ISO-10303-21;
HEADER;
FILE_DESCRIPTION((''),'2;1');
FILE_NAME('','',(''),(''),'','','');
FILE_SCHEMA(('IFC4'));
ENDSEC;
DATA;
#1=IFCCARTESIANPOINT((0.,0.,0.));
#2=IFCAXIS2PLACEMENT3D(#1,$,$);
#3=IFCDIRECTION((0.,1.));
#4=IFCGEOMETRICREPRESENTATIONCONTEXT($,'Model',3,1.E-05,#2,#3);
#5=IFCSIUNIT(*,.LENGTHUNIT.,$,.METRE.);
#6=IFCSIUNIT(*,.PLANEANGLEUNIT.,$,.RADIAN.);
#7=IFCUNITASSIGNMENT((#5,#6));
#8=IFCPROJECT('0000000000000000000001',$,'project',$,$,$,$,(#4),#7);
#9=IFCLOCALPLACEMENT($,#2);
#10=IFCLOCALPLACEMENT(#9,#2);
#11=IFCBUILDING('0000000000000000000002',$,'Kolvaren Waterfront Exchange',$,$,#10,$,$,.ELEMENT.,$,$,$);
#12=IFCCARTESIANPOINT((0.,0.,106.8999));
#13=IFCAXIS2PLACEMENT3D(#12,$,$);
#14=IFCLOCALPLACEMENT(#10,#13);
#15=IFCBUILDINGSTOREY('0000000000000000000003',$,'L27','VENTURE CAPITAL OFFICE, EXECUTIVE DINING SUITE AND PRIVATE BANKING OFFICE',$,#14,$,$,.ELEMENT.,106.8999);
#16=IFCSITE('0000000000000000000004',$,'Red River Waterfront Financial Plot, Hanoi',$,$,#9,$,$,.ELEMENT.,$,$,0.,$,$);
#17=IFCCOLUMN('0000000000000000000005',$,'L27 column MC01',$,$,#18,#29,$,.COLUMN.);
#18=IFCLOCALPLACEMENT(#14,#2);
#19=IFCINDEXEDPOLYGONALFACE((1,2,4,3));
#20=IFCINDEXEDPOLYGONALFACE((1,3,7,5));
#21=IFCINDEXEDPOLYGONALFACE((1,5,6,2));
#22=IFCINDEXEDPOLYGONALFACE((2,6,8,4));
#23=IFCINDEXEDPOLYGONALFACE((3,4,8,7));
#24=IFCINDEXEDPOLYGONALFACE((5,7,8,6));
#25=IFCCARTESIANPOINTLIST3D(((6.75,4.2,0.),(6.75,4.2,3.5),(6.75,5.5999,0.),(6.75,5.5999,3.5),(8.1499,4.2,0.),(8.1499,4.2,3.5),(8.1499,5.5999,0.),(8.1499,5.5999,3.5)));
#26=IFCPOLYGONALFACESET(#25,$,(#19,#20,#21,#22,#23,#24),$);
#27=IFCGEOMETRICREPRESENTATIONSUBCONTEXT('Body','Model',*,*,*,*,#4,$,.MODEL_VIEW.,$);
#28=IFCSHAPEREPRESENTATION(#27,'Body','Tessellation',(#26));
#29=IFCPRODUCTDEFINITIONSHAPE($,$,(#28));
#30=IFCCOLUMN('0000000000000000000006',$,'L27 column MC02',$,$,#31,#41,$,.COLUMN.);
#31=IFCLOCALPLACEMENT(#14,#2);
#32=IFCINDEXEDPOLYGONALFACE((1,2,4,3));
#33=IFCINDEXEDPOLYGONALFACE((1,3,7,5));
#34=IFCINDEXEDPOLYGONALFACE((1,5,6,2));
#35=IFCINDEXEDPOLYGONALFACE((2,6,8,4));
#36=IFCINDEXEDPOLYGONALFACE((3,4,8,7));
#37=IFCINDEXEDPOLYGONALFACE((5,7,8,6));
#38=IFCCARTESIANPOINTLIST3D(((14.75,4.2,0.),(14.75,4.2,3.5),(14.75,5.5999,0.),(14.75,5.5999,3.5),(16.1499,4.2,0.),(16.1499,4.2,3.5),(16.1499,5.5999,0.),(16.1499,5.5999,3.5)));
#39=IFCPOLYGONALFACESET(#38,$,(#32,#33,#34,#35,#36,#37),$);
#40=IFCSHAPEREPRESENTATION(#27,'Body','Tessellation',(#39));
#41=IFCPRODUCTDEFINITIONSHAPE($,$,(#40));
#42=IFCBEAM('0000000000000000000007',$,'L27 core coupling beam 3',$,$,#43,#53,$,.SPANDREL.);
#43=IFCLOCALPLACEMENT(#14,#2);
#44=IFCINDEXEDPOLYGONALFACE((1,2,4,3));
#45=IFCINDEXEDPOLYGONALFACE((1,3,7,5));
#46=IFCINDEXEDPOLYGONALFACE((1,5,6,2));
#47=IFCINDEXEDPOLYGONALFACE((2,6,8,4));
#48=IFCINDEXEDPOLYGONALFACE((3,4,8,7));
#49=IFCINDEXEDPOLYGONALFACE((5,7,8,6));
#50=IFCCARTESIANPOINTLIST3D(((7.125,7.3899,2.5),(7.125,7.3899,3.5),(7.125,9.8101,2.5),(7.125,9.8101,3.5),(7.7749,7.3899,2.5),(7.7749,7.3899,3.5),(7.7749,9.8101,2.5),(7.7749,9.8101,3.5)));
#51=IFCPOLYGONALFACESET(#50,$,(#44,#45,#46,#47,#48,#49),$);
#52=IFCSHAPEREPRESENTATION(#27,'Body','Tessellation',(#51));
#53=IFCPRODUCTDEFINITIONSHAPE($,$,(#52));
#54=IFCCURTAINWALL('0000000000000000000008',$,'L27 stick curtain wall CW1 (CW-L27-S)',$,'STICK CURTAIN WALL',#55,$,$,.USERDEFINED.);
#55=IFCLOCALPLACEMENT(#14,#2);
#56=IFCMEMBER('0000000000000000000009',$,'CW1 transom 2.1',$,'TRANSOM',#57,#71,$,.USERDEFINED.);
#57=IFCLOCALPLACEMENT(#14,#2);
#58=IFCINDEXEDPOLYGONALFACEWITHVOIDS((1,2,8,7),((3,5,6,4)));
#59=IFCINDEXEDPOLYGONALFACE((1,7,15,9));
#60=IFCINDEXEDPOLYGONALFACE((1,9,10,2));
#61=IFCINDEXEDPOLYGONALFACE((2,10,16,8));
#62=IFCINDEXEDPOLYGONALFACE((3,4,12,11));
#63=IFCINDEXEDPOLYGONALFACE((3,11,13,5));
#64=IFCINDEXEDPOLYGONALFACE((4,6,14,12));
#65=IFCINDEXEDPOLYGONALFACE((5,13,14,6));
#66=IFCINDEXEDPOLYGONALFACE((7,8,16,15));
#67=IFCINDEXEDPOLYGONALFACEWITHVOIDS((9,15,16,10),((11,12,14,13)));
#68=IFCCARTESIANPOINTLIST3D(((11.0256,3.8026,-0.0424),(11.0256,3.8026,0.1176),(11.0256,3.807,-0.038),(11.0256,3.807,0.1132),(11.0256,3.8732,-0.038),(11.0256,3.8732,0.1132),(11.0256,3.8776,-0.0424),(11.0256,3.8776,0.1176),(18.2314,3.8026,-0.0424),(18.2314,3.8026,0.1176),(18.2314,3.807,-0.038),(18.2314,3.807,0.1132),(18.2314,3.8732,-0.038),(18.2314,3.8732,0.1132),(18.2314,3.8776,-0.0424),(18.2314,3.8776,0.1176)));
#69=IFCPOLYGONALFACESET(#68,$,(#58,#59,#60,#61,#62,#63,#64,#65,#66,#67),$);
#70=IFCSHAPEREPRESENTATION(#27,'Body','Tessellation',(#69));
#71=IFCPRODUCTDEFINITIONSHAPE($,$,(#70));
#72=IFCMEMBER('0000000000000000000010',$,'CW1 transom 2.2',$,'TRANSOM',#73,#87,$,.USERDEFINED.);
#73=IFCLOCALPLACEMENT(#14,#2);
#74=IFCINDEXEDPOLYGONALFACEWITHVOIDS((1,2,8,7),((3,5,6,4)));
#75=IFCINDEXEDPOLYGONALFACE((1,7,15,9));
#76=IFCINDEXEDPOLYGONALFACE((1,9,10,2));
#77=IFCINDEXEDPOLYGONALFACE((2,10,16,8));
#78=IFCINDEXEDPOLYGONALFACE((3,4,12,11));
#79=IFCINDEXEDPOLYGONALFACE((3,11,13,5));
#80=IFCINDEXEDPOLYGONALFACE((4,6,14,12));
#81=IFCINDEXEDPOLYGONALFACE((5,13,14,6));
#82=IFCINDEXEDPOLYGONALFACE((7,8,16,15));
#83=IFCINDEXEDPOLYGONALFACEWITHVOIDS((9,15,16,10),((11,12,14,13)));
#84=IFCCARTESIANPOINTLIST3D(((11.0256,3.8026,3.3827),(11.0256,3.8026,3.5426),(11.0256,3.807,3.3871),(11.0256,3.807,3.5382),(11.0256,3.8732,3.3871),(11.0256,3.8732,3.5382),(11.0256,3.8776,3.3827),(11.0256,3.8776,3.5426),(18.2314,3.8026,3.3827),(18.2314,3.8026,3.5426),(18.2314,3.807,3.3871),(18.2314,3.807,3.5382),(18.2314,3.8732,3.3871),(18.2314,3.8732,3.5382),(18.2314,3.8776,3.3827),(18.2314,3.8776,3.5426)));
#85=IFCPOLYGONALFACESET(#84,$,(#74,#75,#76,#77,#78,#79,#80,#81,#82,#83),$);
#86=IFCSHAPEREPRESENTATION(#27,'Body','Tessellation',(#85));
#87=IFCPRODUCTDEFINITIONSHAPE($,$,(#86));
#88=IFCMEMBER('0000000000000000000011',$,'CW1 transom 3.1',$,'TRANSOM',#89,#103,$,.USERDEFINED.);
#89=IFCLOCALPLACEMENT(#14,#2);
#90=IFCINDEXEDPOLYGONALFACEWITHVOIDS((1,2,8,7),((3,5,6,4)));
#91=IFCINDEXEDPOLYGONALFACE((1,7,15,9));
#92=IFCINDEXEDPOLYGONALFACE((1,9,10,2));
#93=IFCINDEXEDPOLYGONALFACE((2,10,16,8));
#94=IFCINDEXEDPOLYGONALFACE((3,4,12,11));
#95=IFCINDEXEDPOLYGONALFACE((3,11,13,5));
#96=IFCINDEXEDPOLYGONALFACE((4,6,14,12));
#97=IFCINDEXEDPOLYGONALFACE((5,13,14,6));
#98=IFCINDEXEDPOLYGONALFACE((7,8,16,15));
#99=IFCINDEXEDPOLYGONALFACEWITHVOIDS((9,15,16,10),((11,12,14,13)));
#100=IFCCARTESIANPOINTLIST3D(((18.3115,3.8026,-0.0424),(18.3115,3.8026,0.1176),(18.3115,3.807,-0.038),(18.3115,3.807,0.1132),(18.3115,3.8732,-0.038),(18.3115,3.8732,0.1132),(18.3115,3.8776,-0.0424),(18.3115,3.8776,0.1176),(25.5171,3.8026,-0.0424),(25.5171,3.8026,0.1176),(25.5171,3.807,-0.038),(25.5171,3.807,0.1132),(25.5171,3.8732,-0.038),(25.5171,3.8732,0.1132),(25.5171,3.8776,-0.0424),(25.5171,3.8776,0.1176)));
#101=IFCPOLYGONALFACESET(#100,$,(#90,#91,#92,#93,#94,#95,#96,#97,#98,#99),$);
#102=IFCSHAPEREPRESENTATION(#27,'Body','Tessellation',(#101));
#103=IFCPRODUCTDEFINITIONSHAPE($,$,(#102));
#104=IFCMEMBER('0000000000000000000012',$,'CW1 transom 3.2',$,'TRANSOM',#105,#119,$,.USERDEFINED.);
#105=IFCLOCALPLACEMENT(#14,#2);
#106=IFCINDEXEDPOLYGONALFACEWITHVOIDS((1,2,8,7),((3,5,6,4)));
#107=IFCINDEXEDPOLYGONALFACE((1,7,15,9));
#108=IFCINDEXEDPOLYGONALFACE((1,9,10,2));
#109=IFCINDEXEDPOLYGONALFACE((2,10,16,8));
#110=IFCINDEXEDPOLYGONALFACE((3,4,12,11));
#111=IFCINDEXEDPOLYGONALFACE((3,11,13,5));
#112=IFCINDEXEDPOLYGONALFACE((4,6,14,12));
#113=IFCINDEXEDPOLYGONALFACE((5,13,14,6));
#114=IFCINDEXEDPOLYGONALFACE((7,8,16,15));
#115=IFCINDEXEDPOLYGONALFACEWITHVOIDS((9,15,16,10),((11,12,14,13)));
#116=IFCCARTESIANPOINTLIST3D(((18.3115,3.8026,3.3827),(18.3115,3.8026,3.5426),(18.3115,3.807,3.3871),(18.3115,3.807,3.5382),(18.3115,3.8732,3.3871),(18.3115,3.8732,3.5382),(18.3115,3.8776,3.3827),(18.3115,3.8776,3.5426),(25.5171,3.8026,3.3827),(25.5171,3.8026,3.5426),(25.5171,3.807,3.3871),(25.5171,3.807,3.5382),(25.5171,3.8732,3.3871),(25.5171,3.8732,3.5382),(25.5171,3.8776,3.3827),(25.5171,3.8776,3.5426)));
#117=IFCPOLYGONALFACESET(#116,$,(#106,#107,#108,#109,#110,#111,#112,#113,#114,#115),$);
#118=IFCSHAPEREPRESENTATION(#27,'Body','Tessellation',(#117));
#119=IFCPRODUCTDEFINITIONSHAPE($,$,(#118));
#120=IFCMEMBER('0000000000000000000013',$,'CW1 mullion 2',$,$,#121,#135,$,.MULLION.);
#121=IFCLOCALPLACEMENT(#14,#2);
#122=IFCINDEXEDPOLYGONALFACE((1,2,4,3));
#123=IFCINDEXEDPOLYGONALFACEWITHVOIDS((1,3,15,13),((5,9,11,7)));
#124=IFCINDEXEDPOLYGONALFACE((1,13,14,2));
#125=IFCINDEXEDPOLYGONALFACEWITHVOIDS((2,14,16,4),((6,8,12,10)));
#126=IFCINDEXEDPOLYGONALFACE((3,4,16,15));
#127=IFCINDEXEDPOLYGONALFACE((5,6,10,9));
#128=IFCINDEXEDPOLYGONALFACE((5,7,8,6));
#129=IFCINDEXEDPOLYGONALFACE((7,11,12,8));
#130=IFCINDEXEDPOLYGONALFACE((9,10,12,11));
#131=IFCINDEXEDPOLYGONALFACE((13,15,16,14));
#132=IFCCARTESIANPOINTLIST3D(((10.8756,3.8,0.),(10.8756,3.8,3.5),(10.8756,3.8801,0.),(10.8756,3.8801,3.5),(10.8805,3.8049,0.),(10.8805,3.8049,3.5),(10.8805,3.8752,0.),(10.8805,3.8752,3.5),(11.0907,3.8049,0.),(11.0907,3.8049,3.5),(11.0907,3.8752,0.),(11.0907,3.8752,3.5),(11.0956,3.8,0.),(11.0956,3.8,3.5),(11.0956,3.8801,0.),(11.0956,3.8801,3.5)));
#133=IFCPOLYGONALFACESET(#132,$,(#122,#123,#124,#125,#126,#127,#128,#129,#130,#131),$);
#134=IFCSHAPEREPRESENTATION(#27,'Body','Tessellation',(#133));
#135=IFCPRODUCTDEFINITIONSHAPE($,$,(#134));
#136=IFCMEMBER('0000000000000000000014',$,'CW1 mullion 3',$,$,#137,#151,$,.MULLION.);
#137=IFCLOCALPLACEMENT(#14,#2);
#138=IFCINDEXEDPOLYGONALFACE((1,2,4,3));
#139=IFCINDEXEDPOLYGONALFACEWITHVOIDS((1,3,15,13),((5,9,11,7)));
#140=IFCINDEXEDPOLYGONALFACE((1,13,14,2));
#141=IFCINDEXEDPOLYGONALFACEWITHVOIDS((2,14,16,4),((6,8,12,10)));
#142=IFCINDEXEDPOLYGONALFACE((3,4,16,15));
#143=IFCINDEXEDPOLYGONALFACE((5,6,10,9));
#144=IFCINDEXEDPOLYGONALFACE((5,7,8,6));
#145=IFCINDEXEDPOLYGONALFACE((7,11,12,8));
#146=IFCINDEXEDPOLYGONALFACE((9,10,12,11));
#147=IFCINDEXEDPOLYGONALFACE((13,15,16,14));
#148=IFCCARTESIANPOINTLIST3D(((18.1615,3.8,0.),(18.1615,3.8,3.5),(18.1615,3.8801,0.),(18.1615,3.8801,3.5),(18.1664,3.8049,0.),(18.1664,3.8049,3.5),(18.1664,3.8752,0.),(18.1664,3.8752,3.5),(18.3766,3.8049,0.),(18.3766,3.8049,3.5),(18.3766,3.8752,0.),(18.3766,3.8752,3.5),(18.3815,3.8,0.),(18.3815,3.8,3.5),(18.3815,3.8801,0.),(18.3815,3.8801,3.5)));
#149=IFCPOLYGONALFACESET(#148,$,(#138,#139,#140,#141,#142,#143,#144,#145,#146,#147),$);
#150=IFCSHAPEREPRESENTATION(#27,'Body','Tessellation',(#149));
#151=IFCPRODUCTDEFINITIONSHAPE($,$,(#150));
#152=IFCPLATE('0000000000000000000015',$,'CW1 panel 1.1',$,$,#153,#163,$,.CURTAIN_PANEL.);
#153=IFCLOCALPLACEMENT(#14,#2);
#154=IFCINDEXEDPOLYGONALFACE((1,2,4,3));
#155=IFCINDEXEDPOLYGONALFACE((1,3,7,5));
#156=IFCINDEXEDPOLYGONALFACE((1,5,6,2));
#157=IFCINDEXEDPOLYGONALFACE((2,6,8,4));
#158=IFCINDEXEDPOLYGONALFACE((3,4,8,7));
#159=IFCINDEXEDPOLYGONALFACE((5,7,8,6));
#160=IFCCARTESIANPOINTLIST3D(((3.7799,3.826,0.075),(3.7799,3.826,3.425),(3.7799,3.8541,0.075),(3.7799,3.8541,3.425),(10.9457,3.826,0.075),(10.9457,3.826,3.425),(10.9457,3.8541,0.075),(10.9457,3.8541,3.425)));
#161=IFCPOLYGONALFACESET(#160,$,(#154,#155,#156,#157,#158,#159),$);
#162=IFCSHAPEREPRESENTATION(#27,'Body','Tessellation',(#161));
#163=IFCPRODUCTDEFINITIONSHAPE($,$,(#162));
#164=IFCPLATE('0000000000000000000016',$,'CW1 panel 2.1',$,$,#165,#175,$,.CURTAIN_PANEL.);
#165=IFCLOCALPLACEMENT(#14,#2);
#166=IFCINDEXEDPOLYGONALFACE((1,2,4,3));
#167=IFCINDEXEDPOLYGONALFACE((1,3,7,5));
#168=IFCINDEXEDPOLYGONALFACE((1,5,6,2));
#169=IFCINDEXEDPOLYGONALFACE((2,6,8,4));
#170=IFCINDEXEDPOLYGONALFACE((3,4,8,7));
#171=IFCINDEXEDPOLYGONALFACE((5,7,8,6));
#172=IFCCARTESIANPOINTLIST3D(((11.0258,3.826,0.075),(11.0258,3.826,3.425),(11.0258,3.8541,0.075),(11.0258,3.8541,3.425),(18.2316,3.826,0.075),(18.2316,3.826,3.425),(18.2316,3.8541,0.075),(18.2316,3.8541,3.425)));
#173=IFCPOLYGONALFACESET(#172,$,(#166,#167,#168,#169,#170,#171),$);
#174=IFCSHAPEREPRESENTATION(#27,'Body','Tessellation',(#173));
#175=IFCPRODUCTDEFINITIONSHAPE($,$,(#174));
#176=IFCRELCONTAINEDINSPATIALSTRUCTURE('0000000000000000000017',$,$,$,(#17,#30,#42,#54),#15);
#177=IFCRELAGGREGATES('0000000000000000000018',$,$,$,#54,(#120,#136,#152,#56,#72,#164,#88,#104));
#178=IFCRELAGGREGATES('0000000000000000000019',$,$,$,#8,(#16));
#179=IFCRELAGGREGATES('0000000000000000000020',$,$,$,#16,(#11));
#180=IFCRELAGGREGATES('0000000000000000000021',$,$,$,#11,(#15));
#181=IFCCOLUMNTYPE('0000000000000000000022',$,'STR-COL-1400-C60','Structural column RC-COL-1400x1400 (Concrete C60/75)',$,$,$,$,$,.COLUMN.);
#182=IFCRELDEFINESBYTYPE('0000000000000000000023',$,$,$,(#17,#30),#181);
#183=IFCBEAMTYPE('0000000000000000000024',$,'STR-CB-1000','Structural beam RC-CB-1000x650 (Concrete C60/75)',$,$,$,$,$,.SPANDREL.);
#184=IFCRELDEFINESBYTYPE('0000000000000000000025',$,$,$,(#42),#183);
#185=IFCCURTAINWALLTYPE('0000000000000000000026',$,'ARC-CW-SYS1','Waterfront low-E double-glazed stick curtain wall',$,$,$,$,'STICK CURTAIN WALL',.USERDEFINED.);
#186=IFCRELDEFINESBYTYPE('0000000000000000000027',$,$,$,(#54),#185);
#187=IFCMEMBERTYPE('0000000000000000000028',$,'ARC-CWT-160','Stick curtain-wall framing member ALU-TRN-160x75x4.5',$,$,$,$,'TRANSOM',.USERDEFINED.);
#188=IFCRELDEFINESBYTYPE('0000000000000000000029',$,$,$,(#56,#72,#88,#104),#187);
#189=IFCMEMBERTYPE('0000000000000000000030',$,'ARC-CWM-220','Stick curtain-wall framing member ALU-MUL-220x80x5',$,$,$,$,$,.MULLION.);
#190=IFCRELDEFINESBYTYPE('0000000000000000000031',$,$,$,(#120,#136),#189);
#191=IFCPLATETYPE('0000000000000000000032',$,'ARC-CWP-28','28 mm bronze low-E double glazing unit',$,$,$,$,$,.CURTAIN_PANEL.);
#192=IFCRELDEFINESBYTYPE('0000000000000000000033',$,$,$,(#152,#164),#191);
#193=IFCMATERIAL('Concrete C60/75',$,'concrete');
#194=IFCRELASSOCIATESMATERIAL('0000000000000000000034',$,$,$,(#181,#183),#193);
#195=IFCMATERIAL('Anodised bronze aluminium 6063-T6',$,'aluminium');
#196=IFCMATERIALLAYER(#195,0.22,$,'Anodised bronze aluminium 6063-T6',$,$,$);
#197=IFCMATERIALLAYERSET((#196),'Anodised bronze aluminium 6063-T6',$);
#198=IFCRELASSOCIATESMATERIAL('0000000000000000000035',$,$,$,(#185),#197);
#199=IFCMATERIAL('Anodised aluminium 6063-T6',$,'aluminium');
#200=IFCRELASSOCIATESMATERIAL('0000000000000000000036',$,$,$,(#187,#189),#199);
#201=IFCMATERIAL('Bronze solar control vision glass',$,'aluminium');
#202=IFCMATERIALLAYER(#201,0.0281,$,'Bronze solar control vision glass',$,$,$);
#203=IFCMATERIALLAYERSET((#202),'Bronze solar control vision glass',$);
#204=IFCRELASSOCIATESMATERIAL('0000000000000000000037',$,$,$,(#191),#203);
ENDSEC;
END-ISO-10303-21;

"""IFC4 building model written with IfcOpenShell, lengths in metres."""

from ifc_helpers import new_model, si_unit, direction, frame, origin, origin_with_axes, origin_2d, place, context, subcontext, project, spatial, rectangle, hollow_rectangle, extrude, source, transform, mapped, material, layer, layer_set, material_profile, profile_set, type_object, element, aggregate, save


model = new_model("IFC4")

# Units and contexts
model_context = context("Model", 3, precision=1e-05, world=origin(), true_north=direction((0.0, 1.0)))
body_context = subcontext(model_context, "Body", "Model", "MODEL_VIEW")
ifc_project = project(units=[si_unit("LENGTHUNIT", "METRE"), si_unit("PLANEANGLEUNIT", "RADIAN")], contexts=[model_context])

# Site, building, storey
site_placement = place(None, origin())
site = spatial("IfcSite", under=ifc_project, at=site_placement, Name="Red River Waterfront Financial Plot, Hanoi", CompositionType="ELEMENT", RefElevation=0.0)
building_placement = place(site_placement, origin())
building = spatial("IfcBuilding", under=site, at=building_placement, Name="Kolvaren Waterfront Exchange", CompositionType="ELEMENT")
storey_placement = place(building_placement, frame((0.0, 0.0, 106.8999)))
storey = spatial("IfcBuildingStorey", under=building, at=storey_placement, Name="L27", Description="VENTURE CAPITAL OFFICE, EXECUTIVE DINING SUITE AND PRIVATE BANKING OFFICE", CompositionType="ELEMENT", Elevation=106.8999)

# Columns
ifc_material_1 = material(Name="Concrete C60/75", Category="concrete")
ifc_material_profile_1 = material_profile(ifc_material_1, rectangle(XDim=1.3999, YDim=1.3999, at=origin_2d()), Name="RC-COL-1400x1400")
ifc_profile_set_1 = profile_set([ifc_material_profile_1], Name="Concrete C60/75")
column_type = type_object("IfcColumnType", Name="STR-COL-1400-C60", Description="Structural column RC-COL-1400x1400 (Concrete C60/75)", PredefinedType="COLUMN", material=ifc_profile_set_1)
for number, where, z_axis, x_axis, name in (
    (1, (7.45, 4.8999, 0.0), (0.0, 0.0, 1.0), (1.0, 0.0, 0.0), "L27 column MC01"),
    (2, (15.45, 4.8999, 0.0), (0.0, 0.0, 1.0), (1.0, 0.0, 0.0), "L27 column MC02"),
):
    element("IfcColumn", number, at=place(storey_placement, frame(where, z_axis=z_axis, x_axis=x_axis)), inside=storey, type_object=column_type, Name=name, PredefinedType="COLUMN", context=body_context, shape_type="SweptSolid", body=[
        extrude(rectangle(XDim=1.3999, YDim=1.3999, at=origin_2d()), origin(), (0.0, 0.0, 1.0), 3.5),
    ])

# Beam
ifc_material_profile_2 = material_profile(ifc_material_1, rectangle(XDim=0.6499, YDim=1.0, at=origin_2d()), Name="RC-CB-1000x650")
ifc_profile_set_2 = profile_set([ifc_material_profile_2], Name="Concrete C60/75")
beam_type = type_object("IfcBeamType", Name="STR-CB-1000", Description="Structural beam RC-CB-1000x650 (Concrete C60/75)", PredefinedType="SPANDREL", material=ifc_profile_set_2)
beam_placement = place(storey_placement, frame((7.45, 7.3899, 3.0), z_axis=(0.0, 1.0, 0.0), x_axis=(-1.0, 0.0, 0.0)))
element("IfcBeam", 3, at=beam_placement, inside=storey, type_object=beam_type, Name="L27 core coupling beam 3", PredefinedType="SPANDREL", context=body_context, shape_type="SweptSolid", body=[
    extrude(rectangle(XDim=0.6499, YDim=1.0, at=origin_2d()), origin(), (0.0, 0.0, 1.0), 2.4202),
])

# Curtain wall, members, plates
ifc_material_2 = material(Name="Anodised bronze aluminium 6063-T6", Category="aluminium")
ifc_layer_1 = layer(ifc_material_2, 0.22, Name="Anodised bronze aluminium 6063-T6")
ifc_layer_set_1 = layer_set([ifc_layer_1], Name="Anodised bronze aluminium 6063-T6")
curtain_wall_type = type_object("IfcCurtainWallType", Name="ARC-CW-SYS1", Description="Waterfront low-E double-glazed stick curtain wall", ElementType="STICK CURTAIN WALL", PredefinedType="USERDEFINED", material=ifc_layer_set_1)
curtain_wall_placement = place(storey_placement, origin())
curtain_wall = element("IfcCurtainWall", 4, at=curtain_wall_placement, inside=storey, type_object=curtain_wall_type, Name="L27 stick curtain wall CW1 (CW-L27-S)", ObjectType="STICK CURTAIN WALL", PredefinedType="USERDEFINED")
ifc_material_3 = material(Name="Anodised aluminium 6063-T6", Category="aluminium")
ifc_material_profile_3 = material_profile(ifc_material_3, hollow_rectangle(XDim=0.075, YDim=0.1599, WallThickness=0.0044, at=origin_2d()), Name="ALU-TRN-160x75x4.5")
ifc_profile_set_3 = profile_set([ifc_material_profile_3], Name="Anodised aluminium 6063-T6")
member_type_1 = type_object("IfcMemberType", Name="ARC-CWT-160", Description="Stick curtain-wall framing member ALU-TRN-160x75x4.5", ElementType="TRANSOM", PredefinedType="USERDEFINED", material=ifc_profile_set_3)
shared_shape_1 = source(origin_with_axes(), body_context, "Body", "SweptSolid", [
    extrude(hollow_rectangle(XDim=0.075, YDim=0.1599, WallThickness=0.0044, at=origin_2d()), origin(), (0.0, 0.0, 1.0), 7.2058),
])
member_1_placement = place(storey_placement, frame((11.0256, 3.8401, 0.0376), z_axis=(1.0, 0.0, 0.0), x_axis=(0.0, 1.0, 0.0)))
member_1 = element("IfcMember", 5, at=member_1_placement, type_object=member_type_1, Name="CW1 transom 2.1", ObjectType="TRANSOM", PredefinedType="USERDEFINED", context=body_context, shape_type="MappedRepresentation", body=[
    mapped(shared_shape_1, transform((0.0, 0.0, 0.0), x_axis=(1.0, 0.0, 0.0), y_axis=(0.0, 1.0, 0.0), z_axis=(0.0, 0.0, 1.0), scale=1.0)),
])
member_2_placement = place(storey_placement, frame((11.0256, 3.8401, 3.4626), z_axis=(1.0, 0.0, 0.0), x_axis=(0.0, 1.0, 0.0)))
member_2 = element("IfcMember", 6, at=member_2_placement, type_object=member_type_1, Name="CW1 transom 2.2", ObjectType="TRANSOM", PredefinedType="USERDEFINED", context=body_context, shape_type="MappedRepresentation", body=[
    mapped(shared_shape_1, transform((0.0, 0.0, 0.0), x_axis=(1.0, 0.0, 0.0), y_axis=(0.0, 1.0, 0.0), z_axis=(0.0, 0.0, 1.0), scale=1.0)),
])
shared_shape_2 = source(origin_with_axes(), body_context, "Body", "SweptSolid", [
    extrude(hollow_rectangle(XDim=0.075, YDim=0.1599, WallThickness=0.0044, at=origin_2d()), origin(), (0.0, 0.0, 1.0), 7.2056),
])
member_3_placement = place(storey_placement, frame((18.3115, 3.8401, 0.0376), z_axis=(1.0, 0.0, 0.0), x_axis=(0.0, 1.0, 0.0)))
member_3 = element("IfcMember", 7, at=member_3_placement, type_object=member_type_1, Name="CW1 transom 3.1", ObjectType="TRANSOM", PredefinedType="USERDEFINED", context=body_context, shape_type="MappedRepresentation", body=[
    mapped(shared_shape_2, transform((0.0, 0.0, 0.0), x_axis=(1.0, 0.0, 0.0), y_axis=(0.0, 1.0, 0.0), z_axis=(0.0, 0.0, 1.0), scale=1.0)),
])
member_4_placement = place(storey_placement, frame((18.3115, 3.8401, 3.4626), z_axis=(1.0, 0.0, 0.0), x_axis=(0.0, 1.0, 0.0)))
member_4 = element("IfcMember", 8, at=member_4_placement, type_object=member_type_1, Name="CW1 transom 3.2", ObjectType="TRANSOM", PredefinedType="USERDEFINED", context=body_context, shape_type="MappedRepresentation", body=[
    mapped(shared_shape_2, transform((0.0, 0.0, 0.0), x_axis=(1.0, 0.0, 0.0), y_axis=(0.0, 1.0, 0.0), z_axis=(0.0, 0.0, 1.0), scale=1.0)),
])
ifc_material_profile_4 = material_profile(ifc_material_3, hollow_rectangle(XDim=0.0801, YDim=0.22, WallThickness=0.0049, at=origin_2d()), Name="ALU-MUL-220x80x5")
ifc_profile_set_4 = profile_set([ifc_material_profile_4], Name="Anodised aluminium 6063-T6")
member_type_2 = type_object("IfcMemberType", Name="ARC-CWM-220", Description="Stick curtain-wall framing member ALU-MUL-220x80x5", PredefinedType="MULLION", material=ifc_profile_set_4)
shared_shape_3 = source(origin_with_axes(), body_context, "Body", "SweptSolid", [
    extrude(hollow_rectangle(XDim=0.0801, YDim=0.22, WallThickness=0.0049, at=origin_2d()), origin(), (0.0, 0.0, 1.0), 3.5),
])
member_5_placement = place(storey_placement, frame((10.9856, 3.8401, 0.0), z_axis=(0.0, 0.0, 1.0), x_axis=(0.0, 1.0, 0.0)))
member_5 = element("IfcMember", 9, at=member_5_placement, type_object=member_type_2, Name="CW1 mullion 2", PredefinedType="MULLION", context=body_context, shape_type="MappedRepresentation", body=[
    mapped(shared_shape_3, transform((0.0, 0.0, 0.0), x_axis=(1.0, 0.0, 0.0), y_axis=(0.0, 1.0, 0.0), z_axis=(0.0, 0.0, 1.0), scale=1.0)),
])
member_6_placement = place(storey_placement, frame((18.2715, 3.8401, 0.0), z_axis=(0.0, 0.0, 1.0), x_axis=(0.0, 1.0, 0.0)))
member_6 = element("IfcMember", 10, at=member_6_placement, type_object=member_type_2, Name="CW1 mullion 3", PredefinedType="MULLION", context=body_context, shape_type="MappedRepresentation", body=[
    mapped(shared_shape_3, transform((0.0, 0.0, 0.0), x_axis=(1.0, 0.0, 0.0), y_axis=(0.0, 1.0, 0.0), z_axis=(0.0, 0.0, 1.0), scale=1.0)),
])
ifc_material_4 = material(Name="Bronze solar control vision glass", Category="aluminium")
ifc_layer_2 = layer(ifc_material_4, 0.0281, Name="Bronze solar control vision glass")
ifc_layer_set_2 = layer_set([ifc_layer_2], Name="Bronze solar control vision glass")
plate_type = type_object("IfcPlateType", Name="ARC-CWP-28", Description="28 mm bronze low-E double glazing unit", PredefinedType="CURTAIN_PANEL", material=ifc_layer_set_2)
shared_shape_4 = source(origin_with_axes(), body_context, "Body", "SweptSolid", [
    extrude(rectangle(XDim=7.1658, YDim=0.0281, at=origin_2d()), origin(), (0.0, 0.0, 1.0), 3.3501),
])
plate_1_placement = place(storey_placement, frame((7.3628, 3.8401, 0.075), z_axis=(0.0, 0.0, 1.0), x_axis=(1.0, 0.0, 0.0)))
plate_1 = element("IfcPlate", 11, at=plate_1_placement, type_object=plate_type, Name="CW1 panel 1.1", PredefinedType="CURTAIN_PANEL", context=body_context, shape_type="MappedRepresentation", body=[
    mapped(shared_shape_4, transform((0.0, 0.0, 0.0), x_axis=(1.0, 0.0, 0.0), y_axis=(0.0, 1.0, 0.0), z_axis=(0.0, 0.0, 1.0), scale=1.0)),
])
shared_shape_5 = source(origin_with_axes(), body_context, "Body", "SweptSolid", [
    extrude(rectangle(XDim=7.2058, YDim=0.0281, at=origin_2d()), origin(), (0.0, 0.0, 1.0), 3.3501),
])
plate_2_placement = place(storey_placement, frame((14.6287, 3.8401, 0.075), z_axis=(0.0, 0.0, 1.0), x_axis=(1.0, 0.0, 0.0)))
plate_2 = element("IfcPlate", 12, at=plate_2_placement, type_object=plate_type, Name="CW1 panel 2.1", PredefinedType="CURTAIN_PANEL", context=body_context, shape_type="MappedRepresentation", body=[
    mapped(shared_shape_5, transform((0.0, 0.0, 0.0), x_axis=(1.0, 0.0, 0.0), y_axis=(0.0, 1.0, 0.0), z_axis=(0.0, 0.0, 1.0), scale=1.0)),
])
aggregate(curtain_wall, [member_5, member_6, plate_1, member_1, member_2, plate_2, member_3, member_4])

save(model, "model.ifc")
